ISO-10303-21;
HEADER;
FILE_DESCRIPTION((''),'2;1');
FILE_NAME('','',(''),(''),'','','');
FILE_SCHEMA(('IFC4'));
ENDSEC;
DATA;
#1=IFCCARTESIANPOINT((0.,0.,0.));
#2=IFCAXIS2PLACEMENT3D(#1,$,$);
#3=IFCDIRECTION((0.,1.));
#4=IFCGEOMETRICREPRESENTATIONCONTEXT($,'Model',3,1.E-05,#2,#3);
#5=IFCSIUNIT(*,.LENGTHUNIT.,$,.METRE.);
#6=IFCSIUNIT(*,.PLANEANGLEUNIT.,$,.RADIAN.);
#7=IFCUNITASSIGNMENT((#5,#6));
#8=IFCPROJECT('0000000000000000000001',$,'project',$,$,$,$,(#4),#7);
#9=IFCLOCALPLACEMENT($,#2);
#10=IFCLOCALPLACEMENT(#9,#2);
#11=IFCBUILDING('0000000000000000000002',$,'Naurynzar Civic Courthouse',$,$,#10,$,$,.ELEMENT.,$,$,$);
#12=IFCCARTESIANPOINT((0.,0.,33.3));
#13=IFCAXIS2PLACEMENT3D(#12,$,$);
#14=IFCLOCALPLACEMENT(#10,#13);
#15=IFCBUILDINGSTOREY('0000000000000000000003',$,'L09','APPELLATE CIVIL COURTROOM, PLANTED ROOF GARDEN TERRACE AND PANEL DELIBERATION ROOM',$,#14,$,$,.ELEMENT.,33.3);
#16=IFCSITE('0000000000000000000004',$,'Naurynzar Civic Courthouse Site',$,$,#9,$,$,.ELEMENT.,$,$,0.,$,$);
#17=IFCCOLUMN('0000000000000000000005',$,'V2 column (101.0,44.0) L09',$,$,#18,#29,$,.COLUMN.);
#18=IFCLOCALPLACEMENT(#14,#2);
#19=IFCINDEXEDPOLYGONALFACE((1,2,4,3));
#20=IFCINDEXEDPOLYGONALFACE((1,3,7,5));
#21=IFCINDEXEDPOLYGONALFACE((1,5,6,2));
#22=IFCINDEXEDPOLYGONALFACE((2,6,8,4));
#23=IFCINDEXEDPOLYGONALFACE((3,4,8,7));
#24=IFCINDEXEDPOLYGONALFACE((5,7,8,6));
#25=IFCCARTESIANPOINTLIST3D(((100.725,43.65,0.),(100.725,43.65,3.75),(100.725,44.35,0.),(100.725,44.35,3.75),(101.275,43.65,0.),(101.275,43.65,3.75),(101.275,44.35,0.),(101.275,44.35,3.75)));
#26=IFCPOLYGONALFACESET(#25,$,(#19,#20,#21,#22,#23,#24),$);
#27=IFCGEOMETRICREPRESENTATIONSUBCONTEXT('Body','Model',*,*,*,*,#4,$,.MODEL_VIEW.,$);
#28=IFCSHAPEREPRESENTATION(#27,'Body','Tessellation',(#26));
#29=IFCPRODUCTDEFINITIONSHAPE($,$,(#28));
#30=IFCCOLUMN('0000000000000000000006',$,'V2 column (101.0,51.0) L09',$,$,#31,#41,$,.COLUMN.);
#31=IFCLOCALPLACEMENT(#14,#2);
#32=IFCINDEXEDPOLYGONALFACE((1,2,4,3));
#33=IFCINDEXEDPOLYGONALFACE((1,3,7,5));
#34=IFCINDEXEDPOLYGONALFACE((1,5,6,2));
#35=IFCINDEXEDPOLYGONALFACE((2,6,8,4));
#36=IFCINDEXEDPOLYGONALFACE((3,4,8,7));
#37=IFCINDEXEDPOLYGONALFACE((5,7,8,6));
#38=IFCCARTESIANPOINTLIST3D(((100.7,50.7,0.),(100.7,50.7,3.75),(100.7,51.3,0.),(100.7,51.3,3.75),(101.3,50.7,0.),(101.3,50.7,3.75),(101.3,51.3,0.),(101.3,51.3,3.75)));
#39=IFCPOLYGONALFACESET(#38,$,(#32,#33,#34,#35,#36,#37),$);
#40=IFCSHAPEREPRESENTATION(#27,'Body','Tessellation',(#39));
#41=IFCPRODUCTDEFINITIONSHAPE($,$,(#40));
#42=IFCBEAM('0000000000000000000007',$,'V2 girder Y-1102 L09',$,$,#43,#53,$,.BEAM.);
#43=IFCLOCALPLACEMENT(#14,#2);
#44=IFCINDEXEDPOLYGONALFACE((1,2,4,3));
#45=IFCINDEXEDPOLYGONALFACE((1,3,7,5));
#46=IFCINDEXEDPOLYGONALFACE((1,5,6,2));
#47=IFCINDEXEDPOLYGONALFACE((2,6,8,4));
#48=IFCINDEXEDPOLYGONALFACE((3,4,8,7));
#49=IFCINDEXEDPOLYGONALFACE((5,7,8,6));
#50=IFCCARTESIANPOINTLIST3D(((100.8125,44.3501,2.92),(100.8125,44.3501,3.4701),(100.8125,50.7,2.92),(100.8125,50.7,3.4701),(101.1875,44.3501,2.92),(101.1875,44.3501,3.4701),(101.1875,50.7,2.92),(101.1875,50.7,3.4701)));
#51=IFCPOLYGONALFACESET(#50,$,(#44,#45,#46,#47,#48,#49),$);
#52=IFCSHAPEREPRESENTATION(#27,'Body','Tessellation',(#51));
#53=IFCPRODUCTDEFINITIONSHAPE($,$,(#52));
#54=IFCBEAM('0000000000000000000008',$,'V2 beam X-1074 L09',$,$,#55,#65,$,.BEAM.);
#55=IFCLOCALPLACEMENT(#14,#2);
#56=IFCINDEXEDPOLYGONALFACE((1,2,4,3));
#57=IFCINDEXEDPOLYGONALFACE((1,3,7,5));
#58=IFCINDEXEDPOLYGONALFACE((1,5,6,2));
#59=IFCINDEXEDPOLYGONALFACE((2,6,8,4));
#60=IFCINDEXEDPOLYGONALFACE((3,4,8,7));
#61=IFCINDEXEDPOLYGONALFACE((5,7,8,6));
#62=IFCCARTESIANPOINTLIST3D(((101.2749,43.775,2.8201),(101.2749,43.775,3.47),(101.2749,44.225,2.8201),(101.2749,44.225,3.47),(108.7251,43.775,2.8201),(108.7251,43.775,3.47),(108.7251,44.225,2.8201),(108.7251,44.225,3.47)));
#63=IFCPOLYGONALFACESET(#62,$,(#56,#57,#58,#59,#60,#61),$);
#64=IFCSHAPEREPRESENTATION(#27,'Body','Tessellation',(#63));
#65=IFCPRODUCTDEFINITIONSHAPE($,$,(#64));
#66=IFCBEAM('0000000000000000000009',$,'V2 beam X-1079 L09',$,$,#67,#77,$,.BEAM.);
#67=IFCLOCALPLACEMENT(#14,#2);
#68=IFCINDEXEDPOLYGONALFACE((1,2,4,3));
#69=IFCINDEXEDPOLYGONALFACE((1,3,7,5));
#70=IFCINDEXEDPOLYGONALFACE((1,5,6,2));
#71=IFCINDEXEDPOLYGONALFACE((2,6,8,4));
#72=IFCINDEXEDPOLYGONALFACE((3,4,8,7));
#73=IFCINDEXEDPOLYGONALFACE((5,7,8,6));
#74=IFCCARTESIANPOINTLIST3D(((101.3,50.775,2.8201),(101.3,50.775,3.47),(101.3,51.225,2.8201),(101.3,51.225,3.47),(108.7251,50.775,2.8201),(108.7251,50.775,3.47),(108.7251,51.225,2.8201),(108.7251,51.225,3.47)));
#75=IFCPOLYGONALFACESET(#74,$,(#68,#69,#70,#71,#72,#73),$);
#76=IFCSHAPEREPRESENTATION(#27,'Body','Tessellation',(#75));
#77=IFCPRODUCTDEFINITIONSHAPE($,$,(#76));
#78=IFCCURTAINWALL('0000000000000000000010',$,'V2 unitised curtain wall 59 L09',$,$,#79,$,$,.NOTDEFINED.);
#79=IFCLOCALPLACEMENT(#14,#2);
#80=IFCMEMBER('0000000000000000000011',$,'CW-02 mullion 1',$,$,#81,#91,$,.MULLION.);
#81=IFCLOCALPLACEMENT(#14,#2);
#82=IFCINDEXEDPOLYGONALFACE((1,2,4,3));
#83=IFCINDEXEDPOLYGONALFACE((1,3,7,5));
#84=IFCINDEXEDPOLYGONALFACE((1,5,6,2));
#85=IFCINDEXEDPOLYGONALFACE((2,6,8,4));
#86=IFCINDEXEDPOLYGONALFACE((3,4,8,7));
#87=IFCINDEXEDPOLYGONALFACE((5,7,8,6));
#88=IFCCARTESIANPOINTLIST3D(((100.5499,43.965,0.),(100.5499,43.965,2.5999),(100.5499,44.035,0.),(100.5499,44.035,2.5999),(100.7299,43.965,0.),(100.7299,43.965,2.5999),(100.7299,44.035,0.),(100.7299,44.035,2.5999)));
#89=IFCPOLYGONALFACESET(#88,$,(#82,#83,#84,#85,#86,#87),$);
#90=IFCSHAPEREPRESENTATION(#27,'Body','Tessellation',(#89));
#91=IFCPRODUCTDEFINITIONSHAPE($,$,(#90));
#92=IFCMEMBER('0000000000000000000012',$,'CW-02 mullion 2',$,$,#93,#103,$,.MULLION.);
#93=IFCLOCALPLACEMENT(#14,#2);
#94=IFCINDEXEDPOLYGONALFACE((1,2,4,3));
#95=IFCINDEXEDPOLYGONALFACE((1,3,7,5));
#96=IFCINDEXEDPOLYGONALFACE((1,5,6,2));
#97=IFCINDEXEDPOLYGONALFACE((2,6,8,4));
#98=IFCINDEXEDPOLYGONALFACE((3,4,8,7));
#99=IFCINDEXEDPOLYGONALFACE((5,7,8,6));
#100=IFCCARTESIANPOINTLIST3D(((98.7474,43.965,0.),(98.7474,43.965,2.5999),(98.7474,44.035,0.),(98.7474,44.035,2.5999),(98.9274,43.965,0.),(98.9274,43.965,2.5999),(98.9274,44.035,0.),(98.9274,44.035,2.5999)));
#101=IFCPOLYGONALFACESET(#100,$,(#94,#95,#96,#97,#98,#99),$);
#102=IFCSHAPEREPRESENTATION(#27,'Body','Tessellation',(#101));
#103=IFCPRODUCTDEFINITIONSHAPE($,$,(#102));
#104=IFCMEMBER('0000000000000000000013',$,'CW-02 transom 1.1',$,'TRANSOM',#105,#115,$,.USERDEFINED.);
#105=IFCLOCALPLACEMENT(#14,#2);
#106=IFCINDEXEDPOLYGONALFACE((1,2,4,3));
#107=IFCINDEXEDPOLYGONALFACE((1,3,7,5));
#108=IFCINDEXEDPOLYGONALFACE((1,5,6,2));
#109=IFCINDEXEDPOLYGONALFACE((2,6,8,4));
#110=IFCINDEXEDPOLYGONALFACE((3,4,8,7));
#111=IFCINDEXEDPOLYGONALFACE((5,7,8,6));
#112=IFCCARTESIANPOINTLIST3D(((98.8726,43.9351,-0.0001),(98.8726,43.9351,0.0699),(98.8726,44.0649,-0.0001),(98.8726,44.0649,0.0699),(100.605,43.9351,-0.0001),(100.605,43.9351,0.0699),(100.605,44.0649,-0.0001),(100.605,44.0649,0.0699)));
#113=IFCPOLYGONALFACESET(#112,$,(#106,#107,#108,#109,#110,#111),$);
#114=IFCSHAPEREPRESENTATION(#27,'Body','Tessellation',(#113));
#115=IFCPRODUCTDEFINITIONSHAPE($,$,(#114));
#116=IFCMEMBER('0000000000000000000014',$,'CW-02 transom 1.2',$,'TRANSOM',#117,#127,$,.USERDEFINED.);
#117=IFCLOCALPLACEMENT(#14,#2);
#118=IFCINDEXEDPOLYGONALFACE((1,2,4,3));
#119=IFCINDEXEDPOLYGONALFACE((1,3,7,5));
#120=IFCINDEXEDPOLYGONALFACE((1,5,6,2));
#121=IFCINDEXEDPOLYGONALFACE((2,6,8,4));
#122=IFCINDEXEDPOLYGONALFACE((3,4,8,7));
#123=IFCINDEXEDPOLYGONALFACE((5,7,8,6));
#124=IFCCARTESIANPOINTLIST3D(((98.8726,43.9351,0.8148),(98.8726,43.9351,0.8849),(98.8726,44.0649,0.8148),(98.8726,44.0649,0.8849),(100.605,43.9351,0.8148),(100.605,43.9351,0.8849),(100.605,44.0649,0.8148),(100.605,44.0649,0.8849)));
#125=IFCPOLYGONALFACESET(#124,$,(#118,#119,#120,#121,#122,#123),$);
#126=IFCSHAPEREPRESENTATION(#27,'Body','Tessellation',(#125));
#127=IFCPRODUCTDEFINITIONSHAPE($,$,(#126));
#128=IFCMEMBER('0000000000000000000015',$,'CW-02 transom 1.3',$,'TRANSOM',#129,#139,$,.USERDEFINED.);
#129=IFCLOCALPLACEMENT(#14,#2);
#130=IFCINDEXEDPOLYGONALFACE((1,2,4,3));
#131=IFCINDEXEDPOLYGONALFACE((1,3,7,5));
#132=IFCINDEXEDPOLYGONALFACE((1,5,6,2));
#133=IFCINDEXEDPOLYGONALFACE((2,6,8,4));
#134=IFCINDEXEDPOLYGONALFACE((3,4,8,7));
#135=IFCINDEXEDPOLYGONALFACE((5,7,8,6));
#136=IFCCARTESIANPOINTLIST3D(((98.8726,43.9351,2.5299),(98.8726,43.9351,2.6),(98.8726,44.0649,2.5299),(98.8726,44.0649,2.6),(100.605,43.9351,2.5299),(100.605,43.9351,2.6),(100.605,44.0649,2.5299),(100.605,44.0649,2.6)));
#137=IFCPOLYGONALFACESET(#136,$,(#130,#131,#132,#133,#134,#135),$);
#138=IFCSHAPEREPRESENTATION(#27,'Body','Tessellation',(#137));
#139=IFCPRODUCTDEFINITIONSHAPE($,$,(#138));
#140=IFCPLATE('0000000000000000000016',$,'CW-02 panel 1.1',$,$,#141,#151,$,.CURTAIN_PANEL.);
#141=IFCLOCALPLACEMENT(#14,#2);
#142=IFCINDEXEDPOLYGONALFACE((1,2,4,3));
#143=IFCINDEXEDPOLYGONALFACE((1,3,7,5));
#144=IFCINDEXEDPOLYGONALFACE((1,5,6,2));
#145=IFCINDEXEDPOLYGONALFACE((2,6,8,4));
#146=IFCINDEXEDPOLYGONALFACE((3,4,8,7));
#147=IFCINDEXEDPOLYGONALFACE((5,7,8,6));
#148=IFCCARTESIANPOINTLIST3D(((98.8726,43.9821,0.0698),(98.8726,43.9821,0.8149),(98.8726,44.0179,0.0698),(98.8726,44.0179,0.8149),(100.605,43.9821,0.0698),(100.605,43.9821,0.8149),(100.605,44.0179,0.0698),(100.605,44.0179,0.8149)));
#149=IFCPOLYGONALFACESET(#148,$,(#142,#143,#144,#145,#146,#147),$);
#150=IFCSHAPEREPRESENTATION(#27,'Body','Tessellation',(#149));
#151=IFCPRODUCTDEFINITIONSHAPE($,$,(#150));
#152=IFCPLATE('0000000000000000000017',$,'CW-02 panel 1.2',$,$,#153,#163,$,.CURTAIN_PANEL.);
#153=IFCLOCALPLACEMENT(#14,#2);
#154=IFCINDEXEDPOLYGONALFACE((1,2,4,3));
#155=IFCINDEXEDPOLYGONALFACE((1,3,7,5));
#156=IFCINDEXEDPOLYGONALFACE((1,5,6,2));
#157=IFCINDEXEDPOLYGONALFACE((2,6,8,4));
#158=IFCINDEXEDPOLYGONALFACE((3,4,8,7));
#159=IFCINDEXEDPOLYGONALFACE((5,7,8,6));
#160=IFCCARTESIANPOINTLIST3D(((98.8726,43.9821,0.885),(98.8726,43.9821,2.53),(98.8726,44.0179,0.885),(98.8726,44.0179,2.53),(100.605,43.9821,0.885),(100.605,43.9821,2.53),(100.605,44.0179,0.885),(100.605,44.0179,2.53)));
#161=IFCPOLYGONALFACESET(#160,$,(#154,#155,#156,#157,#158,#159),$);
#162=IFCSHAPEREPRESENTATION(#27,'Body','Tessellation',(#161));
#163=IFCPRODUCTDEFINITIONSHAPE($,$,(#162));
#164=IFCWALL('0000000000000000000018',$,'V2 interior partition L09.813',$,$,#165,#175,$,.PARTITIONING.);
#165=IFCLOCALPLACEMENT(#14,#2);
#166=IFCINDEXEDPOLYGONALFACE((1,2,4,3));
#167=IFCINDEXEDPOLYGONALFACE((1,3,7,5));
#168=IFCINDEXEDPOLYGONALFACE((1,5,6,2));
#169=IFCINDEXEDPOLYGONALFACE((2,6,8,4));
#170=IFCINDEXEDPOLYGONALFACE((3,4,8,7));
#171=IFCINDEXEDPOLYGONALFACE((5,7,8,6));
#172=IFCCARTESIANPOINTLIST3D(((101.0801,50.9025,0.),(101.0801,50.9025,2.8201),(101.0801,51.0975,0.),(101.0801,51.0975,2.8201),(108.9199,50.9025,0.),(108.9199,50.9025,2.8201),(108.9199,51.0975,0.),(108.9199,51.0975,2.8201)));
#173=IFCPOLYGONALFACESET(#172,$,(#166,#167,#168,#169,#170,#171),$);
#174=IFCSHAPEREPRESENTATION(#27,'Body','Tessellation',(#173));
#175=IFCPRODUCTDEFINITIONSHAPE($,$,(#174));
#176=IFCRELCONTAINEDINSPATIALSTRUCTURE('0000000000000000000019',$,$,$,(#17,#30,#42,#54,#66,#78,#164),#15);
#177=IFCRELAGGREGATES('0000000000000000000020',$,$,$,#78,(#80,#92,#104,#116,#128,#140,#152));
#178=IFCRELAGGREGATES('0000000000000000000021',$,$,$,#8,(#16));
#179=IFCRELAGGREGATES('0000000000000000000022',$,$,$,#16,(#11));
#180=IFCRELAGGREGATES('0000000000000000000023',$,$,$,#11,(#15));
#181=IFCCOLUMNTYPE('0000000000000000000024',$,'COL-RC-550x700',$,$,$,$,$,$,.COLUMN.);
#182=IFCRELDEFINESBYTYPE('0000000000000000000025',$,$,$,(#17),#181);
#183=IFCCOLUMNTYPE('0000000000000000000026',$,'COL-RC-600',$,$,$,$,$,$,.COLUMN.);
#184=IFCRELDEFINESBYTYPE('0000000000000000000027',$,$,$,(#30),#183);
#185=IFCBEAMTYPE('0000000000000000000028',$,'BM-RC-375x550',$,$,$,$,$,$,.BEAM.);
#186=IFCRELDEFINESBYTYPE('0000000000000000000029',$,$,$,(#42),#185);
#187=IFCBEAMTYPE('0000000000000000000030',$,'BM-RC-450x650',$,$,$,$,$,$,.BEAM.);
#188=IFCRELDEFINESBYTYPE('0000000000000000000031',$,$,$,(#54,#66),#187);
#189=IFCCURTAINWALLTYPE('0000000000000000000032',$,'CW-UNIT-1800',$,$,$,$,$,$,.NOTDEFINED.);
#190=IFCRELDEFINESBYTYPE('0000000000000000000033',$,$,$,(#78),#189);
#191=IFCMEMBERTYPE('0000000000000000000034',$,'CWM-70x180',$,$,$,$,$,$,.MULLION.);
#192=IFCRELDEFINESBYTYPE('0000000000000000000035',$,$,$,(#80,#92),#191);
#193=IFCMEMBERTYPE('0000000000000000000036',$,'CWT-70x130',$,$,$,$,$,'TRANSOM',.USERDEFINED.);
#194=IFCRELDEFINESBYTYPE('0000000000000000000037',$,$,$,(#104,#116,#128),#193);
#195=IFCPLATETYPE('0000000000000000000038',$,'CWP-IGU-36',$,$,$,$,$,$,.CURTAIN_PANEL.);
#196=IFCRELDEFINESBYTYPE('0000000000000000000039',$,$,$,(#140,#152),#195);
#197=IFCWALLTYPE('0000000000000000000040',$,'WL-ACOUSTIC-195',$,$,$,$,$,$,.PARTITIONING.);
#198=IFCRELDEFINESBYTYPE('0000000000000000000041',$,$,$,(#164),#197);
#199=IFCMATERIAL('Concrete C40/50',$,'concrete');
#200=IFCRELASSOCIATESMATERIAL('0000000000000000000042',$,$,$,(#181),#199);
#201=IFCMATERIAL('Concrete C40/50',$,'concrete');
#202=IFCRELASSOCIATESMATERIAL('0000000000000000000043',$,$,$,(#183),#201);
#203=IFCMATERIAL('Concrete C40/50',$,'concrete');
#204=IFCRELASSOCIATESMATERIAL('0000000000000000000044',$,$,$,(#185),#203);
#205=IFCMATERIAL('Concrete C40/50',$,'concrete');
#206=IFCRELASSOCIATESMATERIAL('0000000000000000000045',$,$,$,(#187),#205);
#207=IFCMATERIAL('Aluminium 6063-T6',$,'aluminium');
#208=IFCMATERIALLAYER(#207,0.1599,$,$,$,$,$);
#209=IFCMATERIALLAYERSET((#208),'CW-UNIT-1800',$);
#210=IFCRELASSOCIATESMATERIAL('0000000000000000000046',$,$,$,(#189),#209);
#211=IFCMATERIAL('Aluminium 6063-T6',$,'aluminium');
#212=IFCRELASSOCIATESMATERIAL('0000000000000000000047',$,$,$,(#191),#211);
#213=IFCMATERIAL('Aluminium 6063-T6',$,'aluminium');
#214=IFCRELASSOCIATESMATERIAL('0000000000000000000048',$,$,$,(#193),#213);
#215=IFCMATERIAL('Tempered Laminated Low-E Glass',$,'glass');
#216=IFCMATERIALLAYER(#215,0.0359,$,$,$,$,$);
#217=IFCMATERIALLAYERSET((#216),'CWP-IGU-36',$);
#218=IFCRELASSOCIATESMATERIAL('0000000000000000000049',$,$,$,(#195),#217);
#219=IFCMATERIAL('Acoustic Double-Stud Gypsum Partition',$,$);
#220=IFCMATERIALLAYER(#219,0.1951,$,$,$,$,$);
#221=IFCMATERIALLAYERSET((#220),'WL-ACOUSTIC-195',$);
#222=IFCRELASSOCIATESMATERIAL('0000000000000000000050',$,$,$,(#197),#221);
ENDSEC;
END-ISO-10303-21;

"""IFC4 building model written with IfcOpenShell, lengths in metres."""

from ifc_helpers import new_model, si_unit, direction, frame, frame_2d, origin, origin_2d, place, context, subcontext, project, spatial, rectangle, extrude, material, layer, layer_set, material_profile, profile_set, type_object, element, aggregate, save


model = new_model("IFC4")

# Units and contexts
model_context = context("Model", 3, precision=1e-05, world=origin(), true_north=direction((0.0, 1.0)))
body_context = subcontext(model_context, "Body", "Model", "MODEL_VIEW")
ifc_project = project(units=[si_unit("LENGTHUNIT", "METRE"), si_unit("PLANEANGLEUNIT", "RADIAN")], contexts=[model_context])

# Site, building, storey
site_placement = place(None, origin())
site = spatial("IfcSite", under=ifc_project, at=site_placement, Name="Naurynzar Civic Courthouse Site", CompositionType="ELEMENT", RefElevation=0.0)
building_placement = place(site_placement, origin())
building = spatial("IfcBuilding", under=site, at=building_placement, Name="Naurynzar Civic Courthouse", CompositionType="ELEMENT")
storey_placement = place(building_placement, frame((0.0, 0.0, 33.3)))
storey = spatial("IfcBuildingStorey", under=building, at=storey_placement, Name="L09", Description="APPELLATE CIVIL COURTROOM, PLANTED ROOF GARDEN TERRACE AND PANEL DELIBERATION ROOM", CompositionType="ELEMENT", Elevation=33.3)

# Columns
ifc_material_1 = material(Name="Concrete C40/50", Category="concrete")
ifc_material_profile_1 = material_profile(ifc_material_1, rectangle(XDim=0.55, YDim=0.7, at=origin_2d()), Name="RC 550x700")
ifc_profile_set_1 = profile_set([ifc_material_profile_1], Name="Concrete C40/50")
column_type_1 = type_object("IfcColumnType", Name="COL-RC-550x700", PredefinedType="COLUMN", material=ifc_profile_set_1)
column_1_placement = place(storey_placement, frame((101.0, 44.0, 0.0), z_axis=(0.0, 0.0, 1.0), x_axis=(1.0, 0.0, 0.0)))
element("IfcColumn", 1, at=column_1_placement, inside=storey, type_object=column_type_1, Name="V2 column (101.0,44.0) L09", PredefinedType="COLUMN", context=body_context, shape_type="SweptSolid", body=[
    extrude(rectangle(XDim=0.55, YDim=0.7, at=origin_2d()), origin(), (0.0, 0.0, 1.0), 3.75),
])
ifc_material_2 = material(Name="Concrete C40/50", Category="concrete")
ifc_material_profile_2 = material_profile(ifc_material_2, rectangle(XDim=0.6001, YDim=0.6001, at=origin_2d()), Name="RC 600x600")
ifc_profile_set_2 = profile_set([ifc_material_profile_2], Name="Concrete C40/50")
column_type_2 = type_object("IfcColumnType", Name="COL-RC-600", PredefinedType="COLUMN", material=ifc_profile_set_2)
column_2_placement = place(storey_placement, frame((101.0, 51.0, 0.0), z_axis=(0.0, 0.0, 1.0), x_axis=(1.0, 0.0, 0.0)))
element("IfcColumn", 2, at=column_2_placement, inside=storey, type_object=column_type_2, Name="V2 column (101.0,51.0) L09", PredefinedType="COLUMN", context=body_context, shape_type="SweptSolid", body=[
    extrude(rectangle(XDim=0.6001, YDim=0.6001, at=origin_2d()), origin(), (0.0, 0.0, 1.0), 3.75),
])

# Beams
ifc_material_3 = material(Name="Concrete C40/50", Category="concrete")
ifc_material_profile_3 = material_profile(ifc_material_3, rectangle(XDim=0.375, YDim=0.55, at=origin_2d()), Name="RCB 375x550")
ifc_profile_set_3 = profile_set([ifc_material_profile_3], Name="Concrete C40/50")
beam_type_1 = type_object("IfcBeamType", Name="BM-RC-375x550", PredefinedType="BEAM", material=ifc_profile_set_3)
beam_1_placement = place(storey_placement, frame((101.0, 44.3501, 3.1951), z_axis=(0.0, 1.0, 0.0), x_axis=(-1.0, 0.0, 0.0)))
element("IfcBeam", 3, at=beam_1_placement, inside=storey, type_object=beam_type_1, Name="V2 girder Y-1102 L09", PredefinedType="BEAM", context=body_context, shape_type="SweptSolid", body=[
    extrude(rectangle(XDim=0.375, YDim=0.55, at=origin_2d()), origin(), (0.0, 0.0, 1.0), 6.3499),
])
ifc_material_4 = material(Name="Concrete C40/50", Category="concrete")
ifc_material_profile_4 = material_profile(ifc_material_4, rectangle(XDim=0.45, YDim=0.6499, at=origin_2d()), Name="RCB 450x650")
ifc_profile_set_4 = profile_set([ifc_material_profile_4], Name="Concrete C40/50")
beam_type_2 = type_object("IfcBeamType", Name="BM-RC-450x650", PredefinedType="BEAM", material=ifc_profile_set_4)
beam_2_placement = place(storey_placement, frame((101.2749, 44.0, 3.145), z_axis=(1.0, 0.0, 0.0), x_axis=(0.0, 1.0, 0.0)))
element("IfcBeam", 4, at=beam_2_placement, inside=storey, type_object=beam_type_2, Name="V2 beam X-1074 L09", PredefinedType="BEAM", context=body_context, shape_type="SweptSolid", body=[
    extrude(rectangle(XDim=0.45, YDim=0.6499, at=origin_2d()), origin(), (0.0, 0.0, 1.0), 7.4502),
])
beam_3_placement = place(storey_placement, frame((101.3, 51.0, 3.145), z_axis=(1.0, 0.0, 0.0), x_axis=(0.0, 1.0, 0.0)))
element("IfcBeam", 5, at=beam_3_placement, inside=storey, type_object=beam_type_2, Name="V2 beam X-1079 L09", PredefinedType="BEAM", context=body_context, shape_type="SweptSolid", body=[
    extrude(rectangle(XDim=0.45, YDim=0.6499, at=origin_2d()), origin(), (0.0, 0.0, 1.0), 7.425),
])

# Curtain wall, members, plates
ifc_material_5 = material(Name="Aluminium 6063-T6", Category="aluminium")
ifc_layer_1 = layer(ifc_material_5, 0.1599)
ifc_layer_set_1 = layer_set([ifc_layer_1], Name="CW-UNIT-1800")
curtain_wall_type = type_object("IfcCurtainWallType", Name="CW-UNIT-1800", PredefinedType="NOTDEFINED", material=ifc_layer_set_1)
curtain_wall_placement = place(storey_placement, origin())
curtain_wall = element("IfcCurtainWall", 6, at=curtain_wall_placement, inside=storey, type_object=curtain_wall_type, Name="V2 unitised curtain wall 59 L09", PredefinedType="NOTDEFINED")
ifc_material_6 = material(Name="Aluminium 6063-T6", Category="aluminium")
ifc_material_profile_5 = material_profile(ifc_material_6, rectangle(XDim=0.0701, YDim=0.1799, at=origin_2d()), Name="ALU MULLION 70x180")
ifc_profile_set_5 = profile_set([ifc_material_profile_5], Name="Aluminium 6063-T6")
member_type_1 = type_object("IfcMemberType", Name="CWM-70x180", PredefinedType="MULLION", material=ifc_profile_set_5)
member_1_placement = place(storey_placement, frame((100.6399, 44.0, 0.0), z_axis=(0.0, 0.0, 1.0), x_axis=(0.0, -1.0, 0.0)))
member_1 = element("IfcMember", 7, at=member_1_placement, type_object=member_type_1, Name="CW-02 mullion 1", PredefinedType="MULLION", context=body_context, shape_type="SweptSolid", body=[
    extrude(rectangle(XDim=0.0701, YDim=0.1799, at=origin_2d()), origin(), (0.0, 0.0, 1.0), 2.5999),
])
member_2_placement = place(storey_placement, frame((98.8374, 44.0, 0.0), z_axis=(0.0, 0.0, 1.0), x_axis=(0.0, -1.0, 0.0)))
member_2 = element("IfcMember", 8, at=member_2_placement, type_object=member_type_1, Name="CW-02 mullion 2", PredefinedType="MULLION", context=body_context, shape_type="SweptSolid", body=[
    extrude(rectangle(XDim=0.0701, YDim=0.1799, at=origin_2d()), origin(), (0.0, 0.0, 1.0), 2.5999),
])
ifc_material_7 = material(Name="Aluminium 6063-T6", Category="aluminium")
ifc_material_profile_6 = material_profile(ifc_material_7, rectangle(XDim=0.1299, YDim=0.0701, at=origin_2d()), Name="ALU TRANSOM 70x130")
ifc_profile_set_6 = profile_set([ifc_material_profile_6], Name="Aluminium 6063-T6")
member_type_2 = type_object("IfcMemberType", Name="CWT-70x130", ElementType="TRANSOM", PredefinedType="USERDEFINED", material=ifc_profile_set_6)
member_3_placement = place(storey_placement, frame((100.605, 44.0, 0.0349), z_axis=(-1.0, 0.0, 0.0), x_axis=(0.0, -1.0, 0.0)))
member_3 = element("IfcMember", 9, at=member_3_placement, type_object=member_type_2, Name="CW-02 transom 1.1", ObjectType="TRANSOM", PredefinedType="USERDEFINED", context=body_context, shape_type="SweptSolid", body=[
    extrude(rectangle(XDim=0.1299, YDim=0.0701, at=origin_2d()), origin(), (0.0, 0.0, 1.0), 1.7324),
])
member_4_placement = place(storey_placement, frame((100.605, 44.0, 0.8499), z_axis=(-1.0, 0.0, 0.0), x_axis=(0.0, -1.0, 0.0)))
member_4 = element("IfcMember", 10, at=member_4_placement, type_object=member_type_2, Name="CW-02 transom 1.2", ObjectType="TRANSOM", PredefinedType="USERDEFINED", context=body_context, shape_type="SweptSolid", body=[
    extrude(rectangle(XDim=0.1299, YDim=0.0701, at=origin_2d()), origin(), (0.0, 0.0, 1.0), 1.7324),
])
member_5_placement = place(storey_placement, frame((100.605, 44.0, 2.5649), z_axis=(-1.0, 0.0, 0.0), x_axis=(0.0, -1.0, 0.0)))
member_5 = element("IfcMember", 11, at=member_5_placement, type_object=member_type_2, Name="CW-02 transom 1.3", ObjectType="TRANSOM", PredefinedType="USERDEFINED", context=body_context, shape_type="SweptSolid", body=[
    extrude(rectangle(XDim=0.1299, YDim=0.0701, at=origin_2d()), origin(), (0.0, 0.0, 1.0), 1.7324),
])
ifc_material_8 = material(Name="Tempered Laminated Low-E Glass", Category="glass")
ifc_layer_2 = layer(ifc_material_8, 0.0359)
ifc_layer_set_2 = layer_set([ifc_layer_2], Name="CWP-IGU-36")
plate_type = type_object("IfcPlateType", Name="CWP-IGU-36", PredefinedType="CURTAIN_PANEL", material=ifc_layer_set_2)
plate_1_placement = place(storey_placement, frame((99.7388, 44.0, 0.0698), z_axis=(0.0, 0.0, 1.0), x_axis=(-1.0, 0.0, 0.0)))
plate_1 = element("IfcPlate", 12, at=plate_1_placement, type_object=plate_type, Name="CW-02 panel 1.1", PredefinedType="CURTAIN_PANEL", context=body_context, shape_type="SweptSolid", body=[
    extrude(rectangle(XDim=1.7324, YDim=0.0359, at=origin_2d()), origin(), (0.0, 0.0, 1.0), 0.7451),
])
plate_2_placement = place(storey_placement, frame((99.7388, 44.0, 0.885), z_axis=(0.0, 0.0, 1.0), x_axis=(-1.0, 0.0, 0.0)))
plate_2 = element("IfcPlate", 13, at=plate_2_placement, type_object=plate_type, Name="CW-02 panel 1.2", PredefinedType="CURTAIN_PANEL", context=body_context, shape_type="SweptSolid", body=[
    extrude(rectangle(XDim=1.7324, YDim=0.0359, at=origin_2d()), origin(), (0.0, 0.0, 1.0), 1.645),
])
aggregate(curtain_wall, [member_1, member_2, member_3, member_4, member_5, plate_1, plate_2])

# Wall
ifc_material_9 = material(Name="Acoustic Double-Stud Gypsum Partition")
ifc_layer_3 = layer(ifc_material_9, 0.1951)
ifc_layer_set_3 = layer_set([ifc_layer_3], Name="WL-ACOUSTIC-195")
wall_type_1 = type_object("IfcWallType", Name="WL-ACOUSTIC-195", PredefinedType="PARTITIONING", material=ifc_layer_set_3)
wall_1_placement = place(storey_placement, frame((101.0801, 51.0, 0.0), z_axis=(0.0, 0.0, 1.0), x_axis=(1.0, 0.0, 0.0)))
element("IfcWall", 14, at=wall_1_placement, inside=storey, type_object=wall_type_1, Name="V2 interior partition L09.813", PredefinedType="PARTITIONING", context=body_context, shape_type="SweptSolid", body=[
    extrude(rectangle(XDim=7.8398, YDim=0.1951, at=frame_2d((3.9199, 0.0))), origin(), (0.0, 0.0, 1.0), 2.8201),
])

save(model, "model.ifc")
